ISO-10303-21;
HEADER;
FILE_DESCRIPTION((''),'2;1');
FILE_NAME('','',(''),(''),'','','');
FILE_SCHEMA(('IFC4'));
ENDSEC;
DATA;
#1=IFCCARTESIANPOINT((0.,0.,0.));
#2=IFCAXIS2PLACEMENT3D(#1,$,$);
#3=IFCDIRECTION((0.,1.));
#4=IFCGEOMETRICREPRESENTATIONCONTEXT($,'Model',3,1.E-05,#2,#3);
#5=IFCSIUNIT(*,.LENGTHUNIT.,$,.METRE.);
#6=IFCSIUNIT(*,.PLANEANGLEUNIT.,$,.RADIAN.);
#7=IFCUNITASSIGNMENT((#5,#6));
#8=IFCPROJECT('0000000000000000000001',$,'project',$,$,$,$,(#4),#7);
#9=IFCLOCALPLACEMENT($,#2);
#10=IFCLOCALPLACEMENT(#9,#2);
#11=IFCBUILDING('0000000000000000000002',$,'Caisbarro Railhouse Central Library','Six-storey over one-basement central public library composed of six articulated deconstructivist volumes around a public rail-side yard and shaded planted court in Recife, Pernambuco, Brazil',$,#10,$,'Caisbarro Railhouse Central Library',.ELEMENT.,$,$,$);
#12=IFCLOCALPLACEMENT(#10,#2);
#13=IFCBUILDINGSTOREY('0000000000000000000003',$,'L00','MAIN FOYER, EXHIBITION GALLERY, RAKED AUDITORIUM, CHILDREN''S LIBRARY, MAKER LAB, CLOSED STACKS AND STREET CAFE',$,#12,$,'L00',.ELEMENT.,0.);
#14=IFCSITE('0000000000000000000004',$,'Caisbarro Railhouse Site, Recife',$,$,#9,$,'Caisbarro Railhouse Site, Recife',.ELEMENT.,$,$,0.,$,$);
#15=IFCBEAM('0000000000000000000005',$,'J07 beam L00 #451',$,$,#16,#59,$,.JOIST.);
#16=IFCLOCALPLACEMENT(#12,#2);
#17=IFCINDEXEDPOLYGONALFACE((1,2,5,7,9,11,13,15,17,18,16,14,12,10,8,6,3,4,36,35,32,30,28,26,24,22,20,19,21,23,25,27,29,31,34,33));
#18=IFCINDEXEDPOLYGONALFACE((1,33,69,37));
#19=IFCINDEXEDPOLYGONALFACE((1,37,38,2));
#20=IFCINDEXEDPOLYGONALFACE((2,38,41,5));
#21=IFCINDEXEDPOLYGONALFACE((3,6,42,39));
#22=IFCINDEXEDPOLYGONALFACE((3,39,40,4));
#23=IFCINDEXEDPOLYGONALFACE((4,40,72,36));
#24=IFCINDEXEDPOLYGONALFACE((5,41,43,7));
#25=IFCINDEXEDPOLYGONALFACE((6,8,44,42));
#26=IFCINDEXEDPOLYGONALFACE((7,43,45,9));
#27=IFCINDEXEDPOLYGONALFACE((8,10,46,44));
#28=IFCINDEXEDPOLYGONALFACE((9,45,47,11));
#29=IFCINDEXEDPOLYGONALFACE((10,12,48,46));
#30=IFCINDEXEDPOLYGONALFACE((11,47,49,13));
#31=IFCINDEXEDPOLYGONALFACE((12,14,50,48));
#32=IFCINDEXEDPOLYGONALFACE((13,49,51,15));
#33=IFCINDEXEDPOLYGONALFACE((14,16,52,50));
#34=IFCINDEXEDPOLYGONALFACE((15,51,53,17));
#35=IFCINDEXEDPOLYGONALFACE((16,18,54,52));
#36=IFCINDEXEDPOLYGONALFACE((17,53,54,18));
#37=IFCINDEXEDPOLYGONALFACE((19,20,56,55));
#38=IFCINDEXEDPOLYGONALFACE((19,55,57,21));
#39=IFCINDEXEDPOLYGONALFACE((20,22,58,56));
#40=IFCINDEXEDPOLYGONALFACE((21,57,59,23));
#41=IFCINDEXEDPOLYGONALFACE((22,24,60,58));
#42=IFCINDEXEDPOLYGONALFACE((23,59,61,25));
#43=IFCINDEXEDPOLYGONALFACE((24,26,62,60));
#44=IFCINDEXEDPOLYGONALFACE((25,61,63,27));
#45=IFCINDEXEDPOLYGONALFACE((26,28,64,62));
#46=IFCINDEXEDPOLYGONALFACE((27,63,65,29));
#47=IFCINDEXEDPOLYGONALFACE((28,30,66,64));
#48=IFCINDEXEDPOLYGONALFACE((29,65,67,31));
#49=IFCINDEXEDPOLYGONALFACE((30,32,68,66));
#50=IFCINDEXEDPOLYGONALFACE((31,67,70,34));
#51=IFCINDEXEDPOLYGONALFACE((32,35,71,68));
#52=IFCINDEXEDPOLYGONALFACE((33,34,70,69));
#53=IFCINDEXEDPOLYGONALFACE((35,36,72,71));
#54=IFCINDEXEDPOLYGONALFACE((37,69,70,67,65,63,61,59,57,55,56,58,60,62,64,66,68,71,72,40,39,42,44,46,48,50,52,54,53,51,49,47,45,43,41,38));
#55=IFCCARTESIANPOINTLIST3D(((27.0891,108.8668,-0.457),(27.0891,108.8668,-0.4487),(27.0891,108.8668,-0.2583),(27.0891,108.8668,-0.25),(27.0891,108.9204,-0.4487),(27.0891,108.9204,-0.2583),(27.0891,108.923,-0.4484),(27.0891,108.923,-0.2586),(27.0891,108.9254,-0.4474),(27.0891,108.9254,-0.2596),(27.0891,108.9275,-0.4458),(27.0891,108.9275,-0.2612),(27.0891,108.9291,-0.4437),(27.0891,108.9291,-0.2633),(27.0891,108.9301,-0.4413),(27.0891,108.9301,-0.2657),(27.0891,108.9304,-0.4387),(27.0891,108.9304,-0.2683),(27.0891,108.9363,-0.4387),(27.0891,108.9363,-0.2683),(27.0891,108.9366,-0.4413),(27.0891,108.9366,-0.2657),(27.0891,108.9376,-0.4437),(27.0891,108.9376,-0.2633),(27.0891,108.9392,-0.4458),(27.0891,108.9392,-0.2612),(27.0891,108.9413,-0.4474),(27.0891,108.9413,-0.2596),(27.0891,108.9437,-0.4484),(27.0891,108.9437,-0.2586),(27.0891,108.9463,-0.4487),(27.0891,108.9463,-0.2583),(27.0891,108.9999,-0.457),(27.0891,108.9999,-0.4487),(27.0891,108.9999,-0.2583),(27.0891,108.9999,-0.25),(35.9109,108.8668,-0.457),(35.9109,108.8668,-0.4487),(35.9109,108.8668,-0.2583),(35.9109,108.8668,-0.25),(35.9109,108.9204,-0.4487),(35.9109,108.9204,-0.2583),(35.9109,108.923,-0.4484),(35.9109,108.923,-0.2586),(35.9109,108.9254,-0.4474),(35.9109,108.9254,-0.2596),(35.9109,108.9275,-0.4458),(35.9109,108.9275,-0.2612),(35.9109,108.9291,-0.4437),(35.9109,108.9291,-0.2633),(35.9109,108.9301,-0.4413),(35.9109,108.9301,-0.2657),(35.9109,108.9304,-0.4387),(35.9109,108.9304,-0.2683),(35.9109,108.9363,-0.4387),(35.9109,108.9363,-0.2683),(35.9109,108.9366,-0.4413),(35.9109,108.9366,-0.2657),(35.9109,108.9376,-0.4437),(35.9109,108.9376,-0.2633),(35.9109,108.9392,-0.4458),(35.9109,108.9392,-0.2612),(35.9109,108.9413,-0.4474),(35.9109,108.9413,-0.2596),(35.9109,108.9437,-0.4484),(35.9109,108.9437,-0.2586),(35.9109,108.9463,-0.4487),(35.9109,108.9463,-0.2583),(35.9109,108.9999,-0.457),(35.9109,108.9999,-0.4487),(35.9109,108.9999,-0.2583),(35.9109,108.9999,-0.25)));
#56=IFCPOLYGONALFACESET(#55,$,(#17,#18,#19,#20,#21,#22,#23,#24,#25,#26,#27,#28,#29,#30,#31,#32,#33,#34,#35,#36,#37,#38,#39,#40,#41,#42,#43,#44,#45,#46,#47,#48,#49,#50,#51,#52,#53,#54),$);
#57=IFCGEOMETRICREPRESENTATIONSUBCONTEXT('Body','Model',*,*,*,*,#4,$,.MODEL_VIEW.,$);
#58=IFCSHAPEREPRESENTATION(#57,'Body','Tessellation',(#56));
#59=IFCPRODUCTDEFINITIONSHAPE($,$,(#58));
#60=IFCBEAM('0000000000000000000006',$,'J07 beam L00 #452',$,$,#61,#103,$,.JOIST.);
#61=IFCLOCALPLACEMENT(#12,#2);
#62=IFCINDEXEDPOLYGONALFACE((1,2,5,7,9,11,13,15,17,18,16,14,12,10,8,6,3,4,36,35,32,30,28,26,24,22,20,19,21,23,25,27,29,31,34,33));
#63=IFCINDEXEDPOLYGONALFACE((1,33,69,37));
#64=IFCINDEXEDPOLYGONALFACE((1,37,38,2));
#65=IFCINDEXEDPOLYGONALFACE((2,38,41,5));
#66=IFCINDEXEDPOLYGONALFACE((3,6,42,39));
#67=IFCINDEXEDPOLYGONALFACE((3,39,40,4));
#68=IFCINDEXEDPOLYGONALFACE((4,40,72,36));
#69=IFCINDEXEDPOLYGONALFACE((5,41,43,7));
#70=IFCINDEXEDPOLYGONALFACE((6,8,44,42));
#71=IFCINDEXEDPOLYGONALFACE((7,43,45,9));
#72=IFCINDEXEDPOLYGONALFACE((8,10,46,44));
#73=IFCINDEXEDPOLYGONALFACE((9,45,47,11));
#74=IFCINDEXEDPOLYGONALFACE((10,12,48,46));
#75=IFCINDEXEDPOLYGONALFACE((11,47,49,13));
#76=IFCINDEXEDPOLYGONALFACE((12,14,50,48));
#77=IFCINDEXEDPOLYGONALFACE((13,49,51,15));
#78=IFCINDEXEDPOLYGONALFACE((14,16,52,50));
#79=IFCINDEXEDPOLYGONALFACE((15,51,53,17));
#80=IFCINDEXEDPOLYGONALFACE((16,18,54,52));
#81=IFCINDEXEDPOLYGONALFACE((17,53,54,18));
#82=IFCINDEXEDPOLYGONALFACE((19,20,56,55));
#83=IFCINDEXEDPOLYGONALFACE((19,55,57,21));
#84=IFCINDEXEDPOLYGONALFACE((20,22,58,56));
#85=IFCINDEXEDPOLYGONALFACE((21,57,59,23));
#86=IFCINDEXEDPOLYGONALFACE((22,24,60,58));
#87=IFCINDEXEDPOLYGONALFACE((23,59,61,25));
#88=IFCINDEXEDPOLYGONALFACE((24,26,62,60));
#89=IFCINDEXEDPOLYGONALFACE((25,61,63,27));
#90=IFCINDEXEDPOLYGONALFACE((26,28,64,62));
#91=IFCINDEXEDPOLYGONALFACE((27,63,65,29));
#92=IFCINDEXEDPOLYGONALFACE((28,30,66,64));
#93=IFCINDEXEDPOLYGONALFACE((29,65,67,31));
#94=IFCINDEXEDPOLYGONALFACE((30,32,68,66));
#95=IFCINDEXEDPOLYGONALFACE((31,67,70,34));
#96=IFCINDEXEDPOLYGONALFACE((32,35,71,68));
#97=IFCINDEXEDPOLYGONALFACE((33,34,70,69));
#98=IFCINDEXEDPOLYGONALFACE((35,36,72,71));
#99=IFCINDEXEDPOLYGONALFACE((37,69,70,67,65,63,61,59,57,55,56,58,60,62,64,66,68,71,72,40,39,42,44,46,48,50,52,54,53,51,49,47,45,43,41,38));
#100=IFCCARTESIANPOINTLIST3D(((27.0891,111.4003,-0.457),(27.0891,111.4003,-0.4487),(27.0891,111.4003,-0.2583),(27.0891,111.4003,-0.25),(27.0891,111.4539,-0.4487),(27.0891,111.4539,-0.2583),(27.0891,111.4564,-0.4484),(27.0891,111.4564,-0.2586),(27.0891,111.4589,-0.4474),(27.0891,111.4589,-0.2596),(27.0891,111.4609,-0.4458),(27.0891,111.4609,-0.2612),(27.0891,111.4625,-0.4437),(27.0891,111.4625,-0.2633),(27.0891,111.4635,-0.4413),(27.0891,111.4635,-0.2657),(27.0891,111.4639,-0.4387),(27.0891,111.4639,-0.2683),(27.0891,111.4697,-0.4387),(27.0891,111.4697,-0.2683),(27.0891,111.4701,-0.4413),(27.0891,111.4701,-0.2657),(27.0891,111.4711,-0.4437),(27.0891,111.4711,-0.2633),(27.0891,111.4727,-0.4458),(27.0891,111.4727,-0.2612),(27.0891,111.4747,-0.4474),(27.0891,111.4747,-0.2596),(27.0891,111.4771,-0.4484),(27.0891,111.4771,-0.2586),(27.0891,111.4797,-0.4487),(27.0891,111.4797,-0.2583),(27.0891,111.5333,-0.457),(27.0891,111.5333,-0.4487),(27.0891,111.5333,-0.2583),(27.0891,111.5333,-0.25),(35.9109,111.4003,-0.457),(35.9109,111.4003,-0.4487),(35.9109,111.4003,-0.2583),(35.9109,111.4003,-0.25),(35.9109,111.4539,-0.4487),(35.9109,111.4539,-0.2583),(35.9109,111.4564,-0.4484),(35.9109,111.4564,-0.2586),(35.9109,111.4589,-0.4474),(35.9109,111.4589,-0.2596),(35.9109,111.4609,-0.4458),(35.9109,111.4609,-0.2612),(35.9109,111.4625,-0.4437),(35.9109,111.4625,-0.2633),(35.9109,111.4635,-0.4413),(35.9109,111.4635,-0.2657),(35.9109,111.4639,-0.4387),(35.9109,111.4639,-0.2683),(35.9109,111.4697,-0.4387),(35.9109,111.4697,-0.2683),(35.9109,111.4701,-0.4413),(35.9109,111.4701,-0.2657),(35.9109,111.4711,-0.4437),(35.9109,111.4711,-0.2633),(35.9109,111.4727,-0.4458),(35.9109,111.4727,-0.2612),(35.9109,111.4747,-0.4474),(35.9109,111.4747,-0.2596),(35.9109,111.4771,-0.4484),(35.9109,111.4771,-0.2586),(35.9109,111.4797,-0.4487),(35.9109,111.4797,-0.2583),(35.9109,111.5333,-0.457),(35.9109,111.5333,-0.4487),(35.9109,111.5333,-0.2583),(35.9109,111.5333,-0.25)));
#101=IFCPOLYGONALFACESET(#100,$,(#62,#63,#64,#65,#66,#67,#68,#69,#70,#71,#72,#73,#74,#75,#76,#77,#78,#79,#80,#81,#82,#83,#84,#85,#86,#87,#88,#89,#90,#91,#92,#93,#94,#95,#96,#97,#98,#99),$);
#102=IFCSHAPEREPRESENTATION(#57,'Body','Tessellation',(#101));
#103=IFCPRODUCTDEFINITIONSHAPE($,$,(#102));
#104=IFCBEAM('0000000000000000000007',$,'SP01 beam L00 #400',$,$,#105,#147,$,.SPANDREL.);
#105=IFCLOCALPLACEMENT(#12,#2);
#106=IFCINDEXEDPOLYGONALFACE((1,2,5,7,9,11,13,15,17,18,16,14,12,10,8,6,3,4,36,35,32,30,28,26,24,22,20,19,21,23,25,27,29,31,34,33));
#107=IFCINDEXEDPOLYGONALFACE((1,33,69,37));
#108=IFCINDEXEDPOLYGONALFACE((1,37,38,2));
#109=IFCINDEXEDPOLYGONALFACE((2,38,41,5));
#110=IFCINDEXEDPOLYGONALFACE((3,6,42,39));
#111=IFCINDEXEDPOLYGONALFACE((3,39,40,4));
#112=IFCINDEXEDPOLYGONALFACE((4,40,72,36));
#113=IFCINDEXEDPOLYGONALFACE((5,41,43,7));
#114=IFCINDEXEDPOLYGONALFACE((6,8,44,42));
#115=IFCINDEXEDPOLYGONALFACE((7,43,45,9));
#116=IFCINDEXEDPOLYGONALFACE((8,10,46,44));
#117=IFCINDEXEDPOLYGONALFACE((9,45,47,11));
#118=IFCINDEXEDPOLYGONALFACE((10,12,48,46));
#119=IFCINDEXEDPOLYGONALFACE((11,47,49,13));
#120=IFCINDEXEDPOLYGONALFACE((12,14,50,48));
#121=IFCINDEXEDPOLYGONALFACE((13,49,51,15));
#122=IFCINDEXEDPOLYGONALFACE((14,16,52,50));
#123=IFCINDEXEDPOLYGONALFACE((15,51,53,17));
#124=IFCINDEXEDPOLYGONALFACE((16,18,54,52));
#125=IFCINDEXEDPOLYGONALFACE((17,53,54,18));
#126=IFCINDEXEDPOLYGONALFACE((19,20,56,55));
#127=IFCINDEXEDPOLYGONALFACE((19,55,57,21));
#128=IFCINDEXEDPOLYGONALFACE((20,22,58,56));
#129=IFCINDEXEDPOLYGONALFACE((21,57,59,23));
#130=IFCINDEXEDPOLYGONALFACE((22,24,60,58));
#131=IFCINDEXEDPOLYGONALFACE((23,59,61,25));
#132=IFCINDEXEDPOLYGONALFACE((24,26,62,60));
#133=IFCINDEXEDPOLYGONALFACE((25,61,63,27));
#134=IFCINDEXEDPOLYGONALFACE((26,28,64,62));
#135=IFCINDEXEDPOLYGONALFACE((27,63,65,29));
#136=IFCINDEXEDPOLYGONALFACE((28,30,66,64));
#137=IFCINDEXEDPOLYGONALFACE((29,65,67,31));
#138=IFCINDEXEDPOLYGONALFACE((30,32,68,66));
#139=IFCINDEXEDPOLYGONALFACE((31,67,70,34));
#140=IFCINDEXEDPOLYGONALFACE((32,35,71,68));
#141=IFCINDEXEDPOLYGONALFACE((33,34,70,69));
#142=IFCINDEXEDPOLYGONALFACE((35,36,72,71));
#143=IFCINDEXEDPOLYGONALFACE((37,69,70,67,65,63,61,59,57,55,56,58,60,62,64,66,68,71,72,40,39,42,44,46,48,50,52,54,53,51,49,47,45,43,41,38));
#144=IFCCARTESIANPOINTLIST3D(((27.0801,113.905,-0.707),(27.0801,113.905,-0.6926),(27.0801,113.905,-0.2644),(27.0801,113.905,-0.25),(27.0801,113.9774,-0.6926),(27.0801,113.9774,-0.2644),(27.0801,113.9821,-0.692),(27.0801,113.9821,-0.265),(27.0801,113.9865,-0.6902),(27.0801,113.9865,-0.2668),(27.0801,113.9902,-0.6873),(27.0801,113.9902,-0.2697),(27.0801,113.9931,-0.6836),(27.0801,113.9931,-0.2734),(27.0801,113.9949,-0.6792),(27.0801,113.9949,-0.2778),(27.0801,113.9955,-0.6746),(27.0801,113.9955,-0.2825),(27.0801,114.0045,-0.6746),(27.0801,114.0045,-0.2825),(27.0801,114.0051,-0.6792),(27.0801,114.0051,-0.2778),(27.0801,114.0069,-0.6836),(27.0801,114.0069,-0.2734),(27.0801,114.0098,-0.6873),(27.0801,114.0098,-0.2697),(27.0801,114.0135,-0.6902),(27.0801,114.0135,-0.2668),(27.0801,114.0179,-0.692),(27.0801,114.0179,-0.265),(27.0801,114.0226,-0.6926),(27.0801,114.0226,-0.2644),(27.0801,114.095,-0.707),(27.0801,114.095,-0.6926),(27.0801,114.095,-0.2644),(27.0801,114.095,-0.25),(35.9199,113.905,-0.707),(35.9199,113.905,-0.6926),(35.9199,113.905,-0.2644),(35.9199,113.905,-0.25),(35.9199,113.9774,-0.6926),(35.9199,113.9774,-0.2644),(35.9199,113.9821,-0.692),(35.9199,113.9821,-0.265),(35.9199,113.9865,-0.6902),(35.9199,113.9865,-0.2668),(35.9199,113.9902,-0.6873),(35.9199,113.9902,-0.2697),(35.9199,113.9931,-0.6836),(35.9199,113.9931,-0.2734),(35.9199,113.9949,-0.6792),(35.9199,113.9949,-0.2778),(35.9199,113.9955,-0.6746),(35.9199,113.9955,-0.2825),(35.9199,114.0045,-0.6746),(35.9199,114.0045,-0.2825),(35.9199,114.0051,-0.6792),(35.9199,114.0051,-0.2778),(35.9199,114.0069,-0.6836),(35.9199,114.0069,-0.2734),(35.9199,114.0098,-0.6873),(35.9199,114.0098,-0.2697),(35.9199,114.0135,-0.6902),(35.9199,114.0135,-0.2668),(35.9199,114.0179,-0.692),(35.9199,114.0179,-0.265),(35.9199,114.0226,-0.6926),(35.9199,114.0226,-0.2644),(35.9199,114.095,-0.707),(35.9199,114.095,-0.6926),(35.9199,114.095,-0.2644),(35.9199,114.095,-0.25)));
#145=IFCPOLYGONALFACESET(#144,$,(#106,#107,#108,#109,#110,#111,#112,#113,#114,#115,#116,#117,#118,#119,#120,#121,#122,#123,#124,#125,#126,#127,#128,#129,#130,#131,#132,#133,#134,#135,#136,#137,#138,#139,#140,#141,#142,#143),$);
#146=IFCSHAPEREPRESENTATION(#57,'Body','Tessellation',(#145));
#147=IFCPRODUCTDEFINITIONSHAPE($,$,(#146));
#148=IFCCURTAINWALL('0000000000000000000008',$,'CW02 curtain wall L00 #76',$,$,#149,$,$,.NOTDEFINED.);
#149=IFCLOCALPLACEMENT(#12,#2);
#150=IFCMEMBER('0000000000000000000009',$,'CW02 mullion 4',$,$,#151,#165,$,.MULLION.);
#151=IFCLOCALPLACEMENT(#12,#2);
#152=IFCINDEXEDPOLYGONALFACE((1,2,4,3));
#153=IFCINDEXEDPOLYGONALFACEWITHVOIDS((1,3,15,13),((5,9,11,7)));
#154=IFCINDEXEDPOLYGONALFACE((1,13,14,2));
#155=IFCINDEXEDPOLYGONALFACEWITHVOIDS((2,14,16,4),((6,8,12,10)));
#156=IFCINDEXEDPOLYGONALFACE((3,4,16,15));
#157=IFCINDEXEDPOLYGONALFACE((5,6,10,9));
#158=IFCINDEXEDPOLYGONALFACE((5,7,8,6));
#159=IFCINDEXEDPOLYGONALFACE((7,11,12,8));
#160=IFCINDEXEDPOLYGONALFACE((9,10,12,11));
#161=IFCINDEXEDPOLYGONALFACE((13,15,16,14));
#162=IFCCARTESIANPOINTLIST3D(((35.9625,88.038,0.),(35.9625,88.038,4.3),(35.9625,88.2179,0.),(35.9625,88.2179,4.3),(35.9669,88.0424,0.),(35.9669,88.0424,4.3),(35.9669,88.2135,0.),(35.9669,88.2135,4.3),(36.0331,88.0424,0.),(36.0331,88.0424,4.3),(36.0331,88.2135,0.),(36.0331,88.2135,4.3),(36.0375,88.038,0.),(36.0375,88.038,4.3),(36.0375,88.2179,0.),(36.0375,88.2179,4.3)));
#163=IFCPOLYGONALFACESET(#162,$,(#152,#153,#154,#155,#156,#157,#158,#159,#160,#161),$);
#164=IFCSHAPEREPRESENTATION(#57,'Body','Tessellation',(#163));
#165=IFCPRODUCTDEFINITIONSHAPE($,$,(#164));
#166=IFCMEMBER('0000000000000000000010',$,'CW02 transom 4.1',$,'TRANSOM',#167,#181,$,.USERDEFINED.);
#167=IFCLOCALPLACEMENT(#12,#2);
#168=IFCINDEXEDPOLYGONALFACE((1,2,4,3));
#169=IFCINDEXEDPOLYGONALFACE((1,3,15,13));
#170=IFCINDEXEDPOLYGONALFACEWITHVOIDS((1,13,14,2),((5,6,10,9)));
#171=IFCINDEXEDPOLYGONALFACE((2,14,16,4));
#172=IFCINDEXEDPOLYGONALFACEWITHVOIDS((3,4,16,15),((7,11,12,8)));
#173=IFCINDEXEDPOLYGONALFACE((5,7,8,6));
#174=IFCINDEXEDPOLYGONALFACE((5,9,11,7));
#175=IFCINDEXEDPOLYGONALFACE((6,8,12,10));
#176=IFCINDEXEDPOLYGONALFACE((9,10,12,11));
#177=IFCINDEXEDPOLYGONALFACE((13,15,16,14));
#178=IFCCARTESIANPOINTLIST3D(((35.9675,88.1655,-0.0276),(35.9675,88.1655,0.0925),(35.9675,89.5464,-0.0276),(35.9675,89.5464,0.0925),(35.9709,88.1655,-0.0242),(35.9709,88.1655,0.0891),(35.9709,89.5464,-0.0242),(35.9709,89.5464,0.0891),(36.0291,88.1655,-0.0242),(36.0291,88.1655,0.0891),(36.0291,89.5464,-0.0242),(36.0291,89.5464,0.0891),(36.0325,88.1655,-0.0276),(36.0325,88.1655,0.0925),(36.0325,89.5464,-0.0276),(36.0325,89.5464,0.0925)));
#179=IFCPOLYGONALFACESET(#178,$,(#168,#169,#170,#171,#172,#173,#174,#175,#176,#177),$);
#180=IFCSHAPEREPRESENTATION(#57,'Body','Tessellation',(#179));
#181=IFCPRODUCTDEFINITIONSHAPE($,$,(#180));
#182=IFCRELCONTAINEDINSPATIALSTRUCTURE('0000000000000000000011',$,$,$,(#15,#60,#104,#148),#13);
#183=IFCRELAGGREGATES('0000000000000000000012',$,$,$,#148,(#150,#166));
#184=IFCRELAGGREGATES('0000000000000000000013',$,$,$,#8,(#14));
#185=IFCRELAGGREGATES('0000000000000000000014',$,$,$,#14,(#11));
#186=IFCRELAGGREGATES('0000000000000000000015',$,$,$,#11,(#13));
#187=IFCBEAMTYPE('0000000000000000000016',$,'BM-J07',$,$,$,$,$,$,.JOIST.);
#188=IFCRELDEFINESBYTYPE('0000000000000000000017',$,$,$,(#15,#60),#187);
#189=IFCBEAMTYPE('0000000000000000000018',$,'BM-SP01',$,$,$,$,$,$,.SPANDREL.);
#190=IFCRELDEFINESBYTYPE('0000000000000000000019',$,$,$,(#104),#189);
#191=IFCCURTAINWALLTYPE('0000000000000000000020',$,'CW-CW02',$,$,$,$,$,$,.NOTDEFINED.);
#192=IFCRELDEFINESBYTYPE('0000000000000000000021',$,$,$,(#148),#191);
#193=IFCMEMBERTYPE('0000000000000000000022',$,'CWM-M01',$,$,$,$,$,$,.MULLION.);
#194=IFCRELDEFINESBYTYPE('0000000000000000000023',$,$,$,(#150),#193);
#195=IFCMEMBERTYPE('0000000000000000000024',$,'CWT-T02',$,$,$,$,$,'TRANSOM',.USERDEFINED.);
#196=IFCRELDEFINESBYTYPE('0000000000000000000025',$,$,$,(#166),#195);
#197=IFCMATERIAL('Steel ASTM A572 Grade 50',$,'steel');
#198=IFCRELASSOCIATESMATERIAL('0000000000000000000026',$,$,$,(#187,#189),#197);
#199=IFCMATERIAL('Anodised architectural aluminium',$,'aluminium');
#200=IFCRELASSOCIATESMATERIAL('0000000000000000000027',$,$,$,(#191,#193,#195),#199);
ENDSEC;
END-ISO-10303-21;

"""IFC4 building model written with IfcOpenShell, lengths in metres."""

from ifc_helpers import new_model, si_unit, direction, frame, origin, origin_2d, place, context, subcontext, project, spatial, hollow_rectangle, i_section, extrude, material, material_profile, profile_set, type_object, element, aggregate, save


model = new_model("IFC4")

# Units and contexts
model_context = context("Model", 3, precision=1e-05, world=origin(), true_north=direction((0.0, 1.0)))
body_context = subcontext(model_context, "Body", "Model", "MODEL_VIEW")
ifc_project = project(units=[si_unit("LENGTHUNIT", "METRE"), si_unit("PLANEANGLEUNIT", "RADIAN")], contexts=[model_context])

# Site, building, storey
site_placement = place(None, origin())
site = spatial("IfcSite", under=ifc_project, at=site_placement, Name="Caisbarro Railhouse Site, Recife", LongName="Caisbarro Railhouse Site, Recife", CompositionType="ELEMENT", RefElevation=0.0)
building_placement = place(site_placement, origin())
building = spatial("IfcBuilding", under=site, at=building_placement, Name="Caisbarro Railhouse Central Library", Description="Six-storey over one-basement central public library composed of six articulated deconstructivist volumes around a public rail-side yard and shaded planted court in Recife, Pernambuco, Brazil", LongName="Caisbarro Railhouse Central Library", CompositionType="ELEMENT")
storey_placement = place(building_placement, origin())
storey = spatial("IfcBuildingStorey", under=building, at=storey_placement, Name="L00", Description="MAIN FOYER, EXHIBITION GALLERY, RAKED AUDITORIUM, CHILDREN'S LIBRARY, MAKER LAB, CLOSED STACKS AND STREET CAFE", LongName="L00", CompositionType="ELEMENT", Elevation=0.0)

# Shared definitions
ifc_material_1 = material(Name="Steel ASTM A572 Grade 50", Category="steel")

# Beams
ifc_material_profile_1 = material_profile(ifc_material_1, i_section(OverallWidth=0.1331, OverallDepth=0.207, WebThickness=0.0059, FlangeThickness=0.0083, FilletRadius=0.01, at=origin_2d()), Name="W200X26.6")
ifc_profile_set_1 = profile_set([ifc_material_profile_1], Name="Steel ASTM A572 Grade 50")
beam_type_1 = type_object("IfcBeamType", Name="BM-J07", PredefinedType="JOIST", material=ifc_profile_set_1)
for number, where, z_axis, x_axis, name in (
    (1, (27.0891, 108.9333, -0.3535), (1.0, 0.0, 0.0), (0.0, 1.0, 0.0), "J07 beam L00 #451"),
    (2, (27.0891, 111.4668, -0.3535), (1.0, 0.0, 0.0), (0.0, 1.0, 0.0), "J07 beam L00 #452"),
):
    element("IfcBeam", number, at=place(storey_placement, frame(where, z_axis=z_axis, x_axis=x_axis)), inside=storey, type_object=beam_type_1, Name=name, PredefinedType="JOIST", context=body_context, shape_type="SweptSolid", body=[
        extrude(i_section(OverallWidth=0.1331, OverallDepth=0.207, WebThickness=0.0059, FlangeThickness=0.0083, FilletRadius=0.01, at=origin_2d()), origin(), (0.0, 0.0, 1.0), 8.8218),
    ])
ifc_material_profile_2 = material_profile(ifc_material_1, i_section(OverallWidth=0.1899, OverallDepth=0.457, WebThickness=0.009, FlangeThickness=0.0144, FilletRadius=0.0181, at=origin_2d()), Name="W460X74.0")
ifc_profile_set_2 = profile_set([ifc_material_profile_2], Name="Steel ASTM A572 Grade 50")
beam_type_2 = type_object("IfcBeamType", Name="BM-SP01", PredefinedType="SPANDREL", material=ifc_profile_set_2)
beam_1_placement = place(storey_placement, frame((27.0801, 114.0, -0.4785), z_axis=(1.0, 0.0, 0.0), x_axis=(0.0, 1.0, 0.0)))
element("IfcBeam", 3, at=beam_1_placement, inside=storey, type_object=beam_type_2, Name="SP01 beam L00 #400", PredefinedType="SPANDREL", context=body_context, shape_type="SweptSolid", body=[
    extrude(i_section(OverallWidth=0.1899, OverallDepth=0.457, WebThickness=0.009, FlangeThickness=0.0144, FilletRadius=0.0181, at=origin_2d()), origin(), (0.0, 0.0, 1.0), 8.8398),
])

# Curtain wall, members
ifc_material_2 = material(Name="Anodised architectural aluminium", Category="aluminium")
curtain_wall_type = type_object("IfcCurtainWallType", Name="CW-CW02", PredefinedType="NOTDEFINED", material=ifc_material_2)
curtain_wall_placement = place(storey_placement, origin())
curtain_wall = element("IfcCurtainWall", 4, at=curtain_wall_placement, inside=storey, type_object=curtain_wall_type, Name="CW02 curtain wall L00 #76", PredefinedType="NOTDEFINED")
ifc_material_profile_3 = material_profile(ifc_material_2, hollow_rectangle(XDim=0.075, YDim=0.1799, WallThickness=0.0044, at=origin_2d()), Name="ALU-MUL-75X180")
ifc_profile_set_3 = profile_set([ifc_material_profile_3], Name="Anodised architectural aluminium")
member_type_1 = type_object("IfcMemberType", Name="CWM-M01", PredefinedType="MULLION", material=ifc_profile_set_3)
member_1_placement = place(storey_placement, frame((36.0, 88.1279, 0.0), z_axis=(0.0, 0.0, 1.0), x_axis=(-1.0, 0.0, 0.0)))
member_1 = element("IfcMember", 5, at=member_1_placement, type_object=member_type_1, Name="CW02 mullion 4", PredefinedType="MULLION", context=body_context, shape_type="SweptSolid", body=[
    extrude(hollow_rectangle(XDim=0.075, YDim=0.1799, WallThickness=0.0044, at=origin_2d()), origin(), (0.0, 0.0, 1.0), 4.3),
])
ifc_material_profile_4 = material_profile(ifc_material_2, hollow_rectangle(XDim=0.0649, YDim=0.1201, WallThickness=0.0034, at=origin_2d()), Name="ALU-TRN-65X120")
ifc_profile_set_4 = profile_set([ifc_material_profile_4], Name="Anodised architectural aluminium")
member_type_2 = type_object("IfcMemberType", Name="CWT-T02", ElementType="TRANSOM", PredefinedType="USERDEFINED", material=ifc_profile_set_4)
member_2_placement = place(storey_placement, frame((36.0, 88.1655, 0.0325), z_axis=(0.0, 1.0, 0.0), x_axis=(-1.0, 0.0, 0.0)))
member_2 = element("IfcMember", 6, at=member_2_placement, type_object=member_type_2, Name="CW02 transom 4.1", ObjectType="TRANSOM", PredefinedType="USERDEFINED", context=body_context, shape_type="SweptSolid", body=[
    extrude(hollow_rectangle(XDim=0.0649, YDim=0.1201, WallThickness=0.0034, at=origin_2d()), origin(), (0.0, 0.0, 1.0), 1.3809),
])
aggregate(curtain_wall, [member_1, member_2])

save(model, "model.ifc")
